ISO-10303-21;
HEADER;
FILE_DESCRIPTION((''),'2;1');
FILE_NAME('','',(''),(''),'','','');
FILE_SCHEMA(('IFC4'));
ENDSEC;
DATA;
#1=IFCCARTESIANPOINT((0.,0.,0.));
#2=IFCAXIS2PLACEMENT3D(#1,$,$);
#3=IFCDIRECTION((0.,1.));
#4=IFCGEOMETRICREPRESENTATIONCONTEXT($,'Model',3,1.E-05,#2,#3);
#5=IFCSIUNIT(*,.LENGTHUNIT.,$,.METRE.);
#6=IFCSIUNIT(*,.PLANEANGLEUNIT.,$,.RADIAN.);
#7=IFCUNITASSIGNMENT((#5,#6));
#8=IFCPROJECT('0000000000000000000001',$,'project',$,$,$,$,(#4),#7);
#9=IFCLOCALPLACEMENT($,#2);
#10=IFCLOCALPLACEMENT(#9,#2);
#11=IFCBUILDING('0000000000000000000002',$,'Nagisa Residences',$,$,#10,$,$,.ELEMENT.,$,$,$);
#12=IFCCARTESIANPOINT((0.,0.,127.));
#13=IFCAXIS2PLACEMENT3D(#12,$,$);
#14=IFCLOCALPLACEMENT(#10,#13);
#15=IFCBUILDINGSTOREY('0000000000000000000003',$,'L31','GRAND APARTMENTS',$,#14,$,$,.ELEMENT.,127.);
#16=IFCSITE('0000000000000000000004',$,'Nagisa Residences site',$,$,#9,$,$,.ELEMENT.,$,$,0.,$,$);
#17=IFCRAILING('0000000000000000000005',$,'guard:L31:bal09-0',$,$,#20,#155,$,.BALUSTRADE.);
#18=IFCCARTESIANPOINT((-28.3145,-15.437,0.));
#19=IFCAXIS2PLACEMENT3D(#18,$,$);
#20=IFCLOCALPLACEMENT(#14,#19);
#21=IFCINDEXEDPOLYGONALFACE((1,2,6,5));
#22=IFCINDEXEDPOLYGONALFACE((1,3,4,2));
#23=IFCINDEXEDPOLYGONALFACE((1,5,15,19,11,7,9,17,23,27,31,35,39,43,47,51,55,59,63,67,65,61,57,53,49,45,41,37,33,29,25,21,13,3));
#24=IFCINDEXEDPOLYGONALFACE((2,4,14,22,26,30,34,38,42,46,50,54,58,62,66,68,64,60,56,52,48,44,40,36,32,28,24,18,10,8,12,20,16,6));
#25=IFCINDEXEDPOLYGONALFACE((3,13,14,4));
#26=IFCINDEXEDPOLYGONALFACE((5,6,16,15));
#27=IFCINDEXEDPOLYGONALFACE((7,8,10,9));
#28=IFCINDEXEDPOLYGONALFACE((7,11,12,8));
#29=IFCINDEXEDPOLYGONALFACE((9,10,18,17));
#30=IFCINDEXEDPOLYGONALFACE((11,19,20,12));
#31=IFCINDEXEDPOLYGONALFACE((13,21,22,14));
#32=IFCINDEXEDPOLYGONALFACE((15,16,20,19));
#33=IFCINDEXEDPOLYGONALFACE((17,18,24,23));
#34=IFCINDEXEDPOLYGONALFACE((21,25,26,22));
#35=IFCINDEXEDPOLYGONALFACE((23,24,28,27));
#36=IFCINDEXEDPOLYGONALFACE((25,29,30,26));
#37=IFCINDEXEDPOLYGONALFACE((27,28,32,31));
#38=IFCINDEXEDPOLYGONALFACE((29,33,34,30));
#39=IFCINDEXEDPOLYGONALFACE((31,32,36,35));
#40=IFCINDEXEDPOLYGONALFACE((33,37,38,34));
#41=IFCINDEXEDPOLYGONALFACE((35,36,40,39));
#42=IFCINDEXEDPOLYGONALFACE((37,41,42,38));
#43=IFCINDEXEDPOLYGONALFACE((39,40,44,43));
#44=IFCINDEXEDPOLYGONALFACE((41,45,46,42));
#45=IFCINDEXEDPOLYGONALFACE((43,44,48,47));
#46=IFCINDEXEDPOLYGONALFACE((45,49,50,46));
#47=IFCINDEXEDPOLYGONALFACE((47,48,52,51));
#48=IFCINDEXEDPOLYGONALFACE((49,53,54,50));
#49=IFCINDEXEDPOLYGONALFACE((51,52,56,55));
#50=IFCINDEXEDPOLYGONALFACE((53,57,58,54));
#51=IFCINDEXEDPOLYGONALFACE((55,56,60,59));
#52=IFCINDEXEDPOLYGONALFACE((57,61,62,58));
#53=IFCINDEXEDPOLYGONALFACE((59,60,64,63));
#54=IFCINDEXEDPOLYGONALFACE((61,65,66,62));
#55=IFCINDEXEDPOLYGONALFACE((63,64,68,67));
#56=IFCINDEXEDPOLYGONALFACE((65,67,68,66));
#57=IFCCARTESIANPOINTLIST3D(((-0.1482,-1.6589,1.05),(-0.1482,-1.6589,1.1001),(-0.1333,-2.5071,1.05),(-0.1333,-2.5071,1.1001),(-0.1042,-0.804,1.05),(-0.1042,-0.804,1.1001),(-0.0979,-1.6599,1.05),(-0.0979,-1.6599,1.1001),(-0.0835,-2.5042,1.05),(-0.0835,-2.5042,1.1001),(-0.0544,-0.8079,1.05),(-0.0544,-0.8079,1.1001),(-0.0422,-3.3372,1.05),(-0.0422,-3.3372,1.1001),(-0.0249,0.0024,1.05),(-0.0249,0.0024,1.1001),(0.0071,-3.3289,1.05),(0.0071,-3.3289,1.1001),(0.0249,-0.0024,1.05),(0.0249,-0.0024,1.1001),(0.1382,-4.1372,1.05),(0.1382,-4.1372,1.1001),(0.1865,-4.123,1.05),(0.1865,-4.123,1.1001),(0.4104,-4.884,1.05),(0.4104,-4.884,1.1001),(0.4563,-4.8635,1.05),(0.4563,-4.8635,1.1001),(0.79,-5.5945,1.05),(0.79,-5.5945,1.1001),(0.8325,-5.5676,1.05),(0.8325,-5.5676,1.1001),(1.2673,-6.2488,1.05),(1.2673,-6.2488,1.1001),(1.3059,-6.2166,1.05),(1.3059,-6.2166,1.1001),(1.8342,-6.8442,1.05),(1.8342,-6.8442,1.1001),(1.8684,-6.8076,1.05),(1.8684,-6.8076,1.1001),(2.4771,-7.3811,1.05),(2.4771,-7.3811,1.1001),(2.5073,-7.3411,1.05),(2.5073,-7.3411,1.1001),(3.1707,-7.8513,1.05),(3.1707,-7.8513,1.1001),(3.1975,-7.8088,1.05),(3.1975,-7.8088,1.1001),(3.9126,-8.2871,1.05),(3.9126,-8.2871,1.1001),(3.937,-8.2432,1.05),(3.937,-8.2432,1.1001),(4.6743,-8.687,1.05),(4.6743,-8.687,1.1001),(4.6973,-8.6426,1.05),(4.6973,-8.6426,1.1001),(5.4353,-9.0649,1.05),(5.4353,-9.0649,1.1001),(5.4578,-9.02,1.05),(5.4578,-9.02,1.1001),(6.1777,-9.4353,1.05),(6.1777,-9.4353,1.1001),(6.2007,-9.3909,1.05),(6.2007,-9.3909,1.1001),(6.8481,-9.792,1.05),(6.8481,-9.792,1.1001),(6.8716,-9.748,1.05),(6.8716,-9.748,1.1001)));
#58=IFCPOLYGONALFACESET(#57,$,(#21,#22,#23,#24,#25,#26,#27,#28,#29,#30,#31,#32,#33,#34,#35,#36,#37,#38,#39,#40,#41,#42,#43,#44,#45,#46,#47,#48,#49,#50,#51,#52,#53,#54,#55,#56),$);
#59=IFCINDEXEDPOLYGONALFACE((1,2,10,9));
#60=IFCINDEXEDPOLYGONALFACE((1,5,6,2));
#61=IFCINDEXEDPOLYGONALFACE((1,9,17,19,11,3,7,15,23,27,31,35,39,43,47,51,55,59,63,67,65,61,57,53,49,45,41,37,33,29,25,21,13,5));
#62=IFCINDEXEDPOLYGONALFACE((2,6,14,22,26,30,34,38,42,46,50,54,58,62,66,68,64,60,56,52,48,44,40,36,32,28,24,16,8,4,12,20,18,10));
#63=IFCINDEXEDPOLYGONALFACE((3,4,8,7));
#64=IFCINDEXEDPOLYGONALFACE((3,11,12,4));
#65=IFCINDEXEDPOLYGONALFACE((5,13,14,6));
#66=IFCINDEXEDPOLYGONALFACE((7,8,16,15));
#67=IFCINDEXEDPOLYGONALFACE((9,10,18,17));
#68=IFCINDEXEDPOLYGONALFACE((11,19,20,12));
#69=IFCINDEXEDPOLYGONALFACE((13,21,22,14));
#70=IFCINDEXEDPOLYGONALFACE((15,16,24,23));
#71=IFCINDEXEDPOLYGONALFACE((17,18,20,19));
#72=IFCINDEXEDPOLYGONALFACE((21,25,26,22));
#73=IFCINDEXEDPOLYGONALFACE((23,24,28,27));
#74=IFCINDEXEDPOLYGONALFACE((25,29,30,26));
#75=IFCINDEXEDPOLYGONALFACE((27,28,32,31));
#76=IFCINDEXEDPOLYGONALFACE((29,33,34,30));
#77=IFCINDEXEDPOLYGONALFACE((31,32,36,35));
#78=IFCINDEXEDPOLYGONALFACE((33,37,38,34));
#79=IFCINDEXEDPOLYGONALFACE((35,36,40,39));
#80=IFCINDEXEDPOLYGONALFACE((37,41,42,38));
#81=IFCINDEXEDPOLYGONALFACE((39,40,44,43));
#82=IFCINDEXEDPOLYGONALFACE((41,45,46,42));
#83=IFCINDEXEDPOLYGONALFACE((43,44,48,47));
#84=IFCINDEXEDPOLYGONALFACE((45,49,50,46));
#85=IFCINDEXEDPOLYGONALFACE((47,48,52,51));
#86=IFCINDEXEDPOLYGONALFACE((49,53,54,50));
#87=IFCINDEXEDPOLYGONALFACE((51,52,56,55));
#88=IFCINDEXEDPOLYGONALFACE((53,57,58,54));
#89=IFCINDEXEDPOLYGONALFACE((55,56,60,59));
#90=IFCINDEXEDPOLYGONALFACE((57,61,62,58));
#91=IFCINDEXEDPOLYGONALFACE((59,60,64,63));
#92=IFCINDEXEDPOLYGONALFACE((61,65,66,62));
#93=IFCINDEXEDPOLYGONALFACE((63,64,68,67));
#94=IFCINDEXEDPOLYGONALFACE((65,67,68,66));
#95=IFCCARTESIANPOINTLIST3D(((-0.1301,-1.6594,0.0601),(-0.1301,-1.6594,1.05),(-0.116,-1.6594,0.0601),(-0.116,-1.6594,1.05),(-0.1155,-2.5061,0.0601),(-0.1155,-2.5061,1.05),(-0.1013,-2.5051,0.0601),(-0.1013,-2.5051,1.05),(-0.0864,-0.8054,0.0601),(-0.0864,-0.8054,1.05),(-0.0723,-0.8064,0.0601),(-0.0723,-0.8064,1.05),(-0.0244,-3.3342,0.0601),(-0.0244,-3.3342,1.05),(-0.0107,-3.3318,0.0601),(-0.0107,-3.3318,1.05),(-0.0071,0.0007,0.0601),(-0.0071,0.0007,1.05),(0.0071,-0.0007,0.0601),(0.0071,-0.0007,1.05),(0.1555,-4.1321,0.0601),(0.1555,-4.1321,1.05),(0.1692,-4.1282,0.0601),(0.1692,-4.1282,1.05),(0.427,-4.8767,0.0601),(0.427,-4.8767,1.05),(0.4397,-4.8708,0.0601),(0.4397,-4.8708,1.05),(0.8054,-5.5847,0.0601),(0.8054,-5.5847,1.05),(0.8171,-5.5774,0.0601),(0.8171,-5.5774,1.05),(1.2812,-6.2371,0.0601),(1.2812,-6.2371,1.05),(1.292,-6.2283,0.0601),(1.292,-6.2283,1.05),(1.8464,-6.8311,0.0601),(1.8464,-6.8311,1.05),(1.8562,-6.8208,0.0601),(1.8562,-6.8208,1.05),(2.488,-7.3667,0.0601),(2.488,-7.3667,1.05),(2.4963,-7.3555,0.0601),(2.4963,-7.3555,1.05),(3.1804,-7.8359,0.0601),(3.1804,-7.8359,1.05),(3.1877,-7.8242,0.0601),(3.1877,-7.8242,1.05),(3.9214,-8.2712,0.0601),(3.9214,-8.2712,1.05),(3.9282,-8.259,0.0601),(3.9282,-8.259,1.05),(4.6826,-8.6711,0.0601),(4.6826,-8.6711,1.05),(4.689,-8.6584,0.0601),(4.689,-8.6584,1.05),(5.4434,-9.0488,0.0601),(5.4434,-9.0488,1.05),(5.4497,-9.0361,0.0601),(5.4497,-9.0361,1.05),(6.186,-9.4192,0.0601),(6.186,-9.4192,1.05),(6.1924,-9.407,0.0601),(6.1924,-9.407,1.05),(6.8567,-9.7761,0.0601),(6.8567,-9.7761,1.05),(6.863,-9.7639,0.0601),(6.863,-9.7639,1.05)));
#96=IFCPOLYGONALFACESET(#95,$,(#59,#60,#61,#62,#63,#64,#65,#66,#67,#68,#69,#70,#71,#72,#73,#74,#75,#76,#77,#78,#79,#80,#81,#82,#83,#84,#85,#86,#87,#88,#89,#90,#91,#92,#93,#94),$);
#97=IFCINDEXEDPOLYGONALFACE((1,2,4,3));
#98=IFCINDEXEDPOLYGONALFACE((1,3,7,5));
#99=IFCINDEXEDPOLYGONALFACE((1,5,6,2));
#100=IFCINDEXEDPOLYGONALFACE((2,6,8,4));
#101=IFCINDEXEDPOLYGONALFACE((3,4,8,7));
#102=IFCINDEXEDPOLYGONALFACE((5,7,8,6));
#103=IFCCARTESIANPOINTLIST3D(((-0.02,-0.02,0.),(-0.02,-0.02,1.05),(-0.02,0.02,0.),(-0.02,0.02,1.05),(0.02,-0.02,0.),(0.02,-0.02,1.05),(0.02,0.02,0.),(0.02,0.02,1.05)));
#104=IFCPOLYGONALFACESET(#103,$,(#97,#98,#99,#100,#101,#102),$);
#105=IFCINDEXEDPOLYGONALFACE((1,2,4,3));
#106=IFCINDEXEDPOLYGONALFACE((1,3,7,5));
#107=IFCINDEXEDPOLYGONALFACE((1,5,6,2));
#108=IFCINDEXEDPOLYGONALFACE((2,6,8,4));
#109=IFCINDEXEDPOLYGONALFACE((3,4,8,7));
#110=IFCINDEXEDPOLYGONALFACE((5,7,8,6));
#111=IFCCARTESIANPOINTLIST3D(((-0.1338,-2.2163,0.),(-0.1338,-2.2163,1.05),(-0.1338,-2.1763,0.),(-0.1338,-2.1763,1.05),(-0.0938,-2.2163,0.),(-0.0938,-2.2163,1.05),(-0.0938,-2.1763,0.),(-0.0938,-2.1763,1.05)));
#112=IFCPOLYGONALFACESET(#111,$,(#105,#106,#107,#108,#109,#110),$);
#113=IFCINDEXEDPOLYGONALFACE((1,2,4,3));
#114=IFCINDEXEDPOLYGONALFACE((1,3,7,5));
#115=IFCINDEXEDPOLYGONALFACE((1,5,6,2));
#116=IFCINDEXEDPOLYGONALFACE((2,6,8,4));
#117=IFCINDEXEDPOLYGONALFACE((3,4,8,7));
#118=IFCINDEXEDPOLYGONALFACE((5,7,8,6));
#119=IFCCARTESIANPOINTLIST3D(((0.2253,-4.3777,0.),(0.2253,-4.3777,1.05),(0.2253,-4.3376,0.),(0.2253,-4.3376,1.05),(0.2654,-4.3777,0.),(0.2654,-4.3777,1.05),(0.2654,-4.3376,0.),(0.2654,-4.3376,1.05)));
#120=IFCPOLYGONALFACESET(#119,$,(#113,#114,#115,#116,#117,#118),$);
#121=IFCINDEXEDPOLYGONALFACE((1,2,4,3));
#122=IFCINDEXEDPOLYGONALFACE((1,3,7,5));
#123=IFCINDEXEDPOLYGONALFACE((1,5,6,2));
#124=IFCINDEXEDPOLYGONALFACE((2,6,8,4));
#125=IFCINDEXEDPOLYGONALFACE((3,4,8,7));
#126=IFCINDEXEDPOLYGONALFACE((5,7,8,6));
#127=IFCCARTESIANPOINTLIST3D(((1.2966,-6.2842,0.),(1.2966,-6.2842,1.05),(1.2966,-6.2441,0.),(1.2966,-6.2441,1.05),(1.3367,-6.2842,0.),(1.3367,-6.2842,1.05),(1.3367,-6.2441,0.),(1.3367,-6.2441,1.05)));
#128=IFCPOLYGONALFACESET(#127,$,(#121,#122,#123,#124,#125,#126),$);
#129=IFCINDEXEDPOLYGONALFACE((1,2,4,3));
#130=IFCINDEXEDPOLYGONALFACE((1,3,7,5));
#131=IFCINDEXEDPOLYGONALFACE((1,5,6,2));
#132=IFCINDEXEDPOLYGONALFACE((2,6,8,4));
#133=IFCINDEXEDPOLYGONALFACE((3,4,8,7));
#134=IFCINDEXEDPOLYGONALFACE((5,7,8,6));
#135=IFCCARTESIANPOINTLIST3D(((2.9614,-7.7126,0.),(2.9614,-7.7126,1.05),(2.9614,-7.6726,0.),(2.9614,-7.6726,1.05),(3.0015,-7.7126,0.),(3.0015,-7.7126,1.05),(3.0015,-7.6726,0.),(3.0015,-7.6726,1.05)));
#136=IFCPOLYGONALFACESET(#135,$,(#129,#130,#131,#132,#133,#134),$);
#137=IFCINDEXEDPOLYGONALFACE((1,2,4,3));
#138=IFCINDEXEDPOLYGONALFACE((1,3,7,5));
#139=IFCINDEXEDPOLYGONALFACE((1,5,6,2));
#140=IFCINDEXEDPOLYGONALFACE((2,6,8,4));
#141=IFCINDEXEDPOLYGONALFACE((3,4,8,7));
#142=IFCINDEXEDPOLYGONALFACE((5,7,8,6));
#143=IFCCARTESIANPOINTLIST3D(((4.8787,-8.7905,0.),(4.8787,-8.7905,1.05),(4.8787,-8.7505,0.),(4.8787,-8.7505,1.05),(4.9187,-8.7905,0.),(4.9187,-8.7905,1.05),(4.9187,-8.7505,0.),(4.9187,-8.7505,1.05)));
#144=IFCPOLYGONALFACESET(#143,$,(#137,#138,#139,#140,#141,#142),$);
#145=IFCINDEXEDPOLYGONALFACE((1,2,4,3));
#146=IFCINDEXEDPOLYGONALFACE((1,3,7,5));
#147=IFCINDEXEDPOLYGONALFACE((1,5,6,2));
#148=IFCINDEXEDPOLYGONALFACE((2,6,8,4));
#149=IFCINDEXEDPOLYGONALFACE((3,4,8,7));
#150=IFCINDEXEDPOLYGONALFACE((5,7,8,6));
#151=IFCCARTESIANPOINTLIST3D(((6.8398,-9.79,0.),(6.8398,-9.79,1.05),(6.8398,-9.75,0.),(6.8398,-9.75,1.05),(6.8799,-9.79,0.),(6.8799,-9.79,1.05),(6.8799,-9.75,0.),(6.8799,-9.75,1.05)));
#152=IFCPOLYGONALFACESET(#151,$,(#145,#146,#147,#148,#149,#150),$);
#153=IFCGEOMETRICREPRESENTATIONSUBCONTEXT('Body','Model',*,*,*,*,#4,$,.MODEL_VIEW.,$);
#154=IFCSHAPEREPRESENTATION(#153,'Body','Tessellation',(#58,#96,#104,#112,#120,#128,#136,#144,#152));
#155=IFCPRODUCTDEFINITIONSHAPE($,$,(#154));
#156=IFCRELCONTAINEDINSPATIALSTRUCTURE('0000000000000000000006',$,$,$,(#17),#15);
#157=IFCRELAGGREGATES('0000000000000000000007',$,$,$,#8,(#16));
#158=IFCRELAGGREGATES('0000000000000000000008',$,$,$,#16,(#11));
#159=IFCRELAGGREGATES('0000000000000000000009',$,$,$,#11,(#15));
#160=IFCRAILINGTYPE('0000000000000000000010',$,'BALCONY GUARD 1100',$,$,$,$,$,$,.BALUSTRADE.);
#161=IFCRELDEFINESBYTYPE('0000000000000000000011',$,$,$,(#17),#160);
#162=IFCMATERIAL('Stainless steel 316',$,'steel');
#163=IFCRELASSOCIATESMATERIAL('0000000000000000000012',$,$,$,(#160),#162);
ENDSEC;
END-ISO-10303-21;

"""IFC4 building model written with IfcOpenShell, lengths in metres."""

from ifc_helpers import new_model, si_unit, direction, frame, origin, origin_2d, place, context, subcontext, project, spatial, polyline, rectangle, outline, extrude, material, type_object, element, save


model = new_model("IFC4")

# Units and contexts
model_context = context("Model", 3, precision=1e-05, world=origin(), true_north=direction((0.0, 1.0)))
body_context = subcontext(model_context, "Body", "Model", "MODEL_VIEW")
ifc_project = project(units=[si_unit("LENGTHUNIT", "METRE"), si_unit("PLANEANGLEUNIT", "RADIAN")], contexts=[model_context])

# Site, building, storey
site_placement = place(None, origin())
site = spatial("IfcSite", under=ifc_project, at=site_placement, Name="Nagisa Residences site", CompositionType="ELEMENT", RefElevation=0.0)
building_placement = place(site_placement, origin())
building = spatial("IfcBuilding", under=site, at=building_placement, Name="Nagisa Residences", CompositionType="ELEMENT")
storey_placement = place(building_placement, frame((0.0, 0.0, 127.0)))
storey = spatial("IfcBuildingStorey", under=building, at=storey_placement, Name="L31", Description="GRAND APARTMENTS", CompositionType="ELEMENT", Elevation=127.0)

# Railing
ifc_material_1 = material(Name="Stainless steel 316", Category="steel")
railing_type = type_object("IfcRailingType", Name="BALCONY GUARD 1100", PredefinedType="BALUSTRADE", material=ifc_material_1)
railing_1_placement = place(storey_placement, frame((-28.3145, -15.437, 0.0)))
element("IfcRailing", 1, at=railing_1_placement, inside=storey, type_object=railing_type, Name="guard:L31:bal09-0", PredefinedType="BALUSTRADE", context=body_context, shape_type="SweptSolid", body=[
    extrude(outline(polyline([(-0.0544, -0.8079), (0.0249, -0.0024), (-0.0249, 0.0024), (-0.1042, -0.804), (-0.1482, -1.6589), (-0.1333, -2.5071), (-0.0422, -3.3372), (0.1382, -4.1372), (0.4104, -4.884), (0.79, -5.5945), (1.2673, -6.2488), (1.8342, -6.8442), (2.4771, -7.3811), (3.1707, -7.8513), (3.9126, -8.2871), (4.6743, -8.687), (5.4353, -9.0649), (6.1777, -9.4353), (6.8481, -9.792), (6.8716, -9.748), (6.2007, -9.3909), (5.4578, -9.02), (4.6973, -8.6426), (3.937, -8.2432), (3.1975, -7.8088), (2.5073, -7.3411), (1.8684, -6.8076), (1.3059, -6.2166), (0.8325, -5.5676), (0.4563, -4.8635), (0.1865, -4.123), (0.0071, -3.3289), (-0.0835, -2.5042), (-0.0979, -1.6599), (-0.0544, -0.8079)])), frame((0.0, 0.0, 1.05)), (0.0, 0.0, 1.0), 0.05),
    extrude(outline(polyline([(-0.0723, -0.8064), (0.0071, -0.0007), (-0.0071, 0.0007), (-0.0864, -0.8054), (-0.1301, -1.6594), (-0.1155, -2.5061), (-0.0244, -3.3342), (0.1555, -4.1321), (0.427, -4.8767), (0.8054, -5.5847), (1.2812, -6.2371), (1.8464, -6.8311), (2.488, -7.3667), (3.1804, -7.8359), (3.9214, -8.2712), (4.6826, -8.6711), (5.4434, -9.0488), (6.186, -9.4192), (6.8567, -9.7761), (6.863, -9.7639), (6.1924, -9.407), (5.4497, -9.0361), (4.689, -8.6584), (3.9282, -8.259), (3.1877, -7.8242), (2.4963, -7.3555), (1.8562, -6.8208), (1.292, -6.2283), (0.8171, -5.5774), (0.4397, -4.8708), (0.1692, -4.1282), (-0.0107, -3.3318), (-0.1013, -2.5051), (-0.116, -1.6594), (-0.0723, -0.8064)])), frame((0.0, 0.0, 0.0601)), (0.0, 0.0, 1.0), 0.99),
    extrude(rectangle(XDim=0.04, YDim=0.04, at=origin_2d()), origin(), (0.0, 0.0, 1.0), 1.05),
    extrude(rectangle(XDim=0.04, YDim=0.04, at=origin_2d()), frame((-0.1138, -2.1963, 0.0)), (0.0, 0.0, 1.0), 1.05),
    extrude(rectangle(XDim=0.04, YDim=0.04, at=origin_2d()), frame((0.2454, -4.3577, 0.0)), (0.0, 0.0, 1.0), 1.05),
    extrude(rectangle(XDim=0.04, YDim=0.04, at=origin_2d()), frame((1.3167, -6.2642, 0.0)), (0.0, 0.0, 1.0), 1.05),
    extrude(rectangle(XDim=0.04, YDim=0.04, at=origin_2d()), frame((2.9814, -7.6926, 0.0)), (0.0, 0.0, 1.0), 1.05),
    extrude(rectangle(XDim=0.04, YDim=0.04, at=origin_2d()), frame((4.8987, -8.7705, 0.0)), (0.0, 0.0, 1.0), 1.05),
    extrude(rectangle(XDim=0.04, YDim=0.04, at=origin_2d()), frame((6.8599, -9.77, 0.0)), (0.0, 0.0, 1.0), 1.05),
])

save(model, "model.ifc")
